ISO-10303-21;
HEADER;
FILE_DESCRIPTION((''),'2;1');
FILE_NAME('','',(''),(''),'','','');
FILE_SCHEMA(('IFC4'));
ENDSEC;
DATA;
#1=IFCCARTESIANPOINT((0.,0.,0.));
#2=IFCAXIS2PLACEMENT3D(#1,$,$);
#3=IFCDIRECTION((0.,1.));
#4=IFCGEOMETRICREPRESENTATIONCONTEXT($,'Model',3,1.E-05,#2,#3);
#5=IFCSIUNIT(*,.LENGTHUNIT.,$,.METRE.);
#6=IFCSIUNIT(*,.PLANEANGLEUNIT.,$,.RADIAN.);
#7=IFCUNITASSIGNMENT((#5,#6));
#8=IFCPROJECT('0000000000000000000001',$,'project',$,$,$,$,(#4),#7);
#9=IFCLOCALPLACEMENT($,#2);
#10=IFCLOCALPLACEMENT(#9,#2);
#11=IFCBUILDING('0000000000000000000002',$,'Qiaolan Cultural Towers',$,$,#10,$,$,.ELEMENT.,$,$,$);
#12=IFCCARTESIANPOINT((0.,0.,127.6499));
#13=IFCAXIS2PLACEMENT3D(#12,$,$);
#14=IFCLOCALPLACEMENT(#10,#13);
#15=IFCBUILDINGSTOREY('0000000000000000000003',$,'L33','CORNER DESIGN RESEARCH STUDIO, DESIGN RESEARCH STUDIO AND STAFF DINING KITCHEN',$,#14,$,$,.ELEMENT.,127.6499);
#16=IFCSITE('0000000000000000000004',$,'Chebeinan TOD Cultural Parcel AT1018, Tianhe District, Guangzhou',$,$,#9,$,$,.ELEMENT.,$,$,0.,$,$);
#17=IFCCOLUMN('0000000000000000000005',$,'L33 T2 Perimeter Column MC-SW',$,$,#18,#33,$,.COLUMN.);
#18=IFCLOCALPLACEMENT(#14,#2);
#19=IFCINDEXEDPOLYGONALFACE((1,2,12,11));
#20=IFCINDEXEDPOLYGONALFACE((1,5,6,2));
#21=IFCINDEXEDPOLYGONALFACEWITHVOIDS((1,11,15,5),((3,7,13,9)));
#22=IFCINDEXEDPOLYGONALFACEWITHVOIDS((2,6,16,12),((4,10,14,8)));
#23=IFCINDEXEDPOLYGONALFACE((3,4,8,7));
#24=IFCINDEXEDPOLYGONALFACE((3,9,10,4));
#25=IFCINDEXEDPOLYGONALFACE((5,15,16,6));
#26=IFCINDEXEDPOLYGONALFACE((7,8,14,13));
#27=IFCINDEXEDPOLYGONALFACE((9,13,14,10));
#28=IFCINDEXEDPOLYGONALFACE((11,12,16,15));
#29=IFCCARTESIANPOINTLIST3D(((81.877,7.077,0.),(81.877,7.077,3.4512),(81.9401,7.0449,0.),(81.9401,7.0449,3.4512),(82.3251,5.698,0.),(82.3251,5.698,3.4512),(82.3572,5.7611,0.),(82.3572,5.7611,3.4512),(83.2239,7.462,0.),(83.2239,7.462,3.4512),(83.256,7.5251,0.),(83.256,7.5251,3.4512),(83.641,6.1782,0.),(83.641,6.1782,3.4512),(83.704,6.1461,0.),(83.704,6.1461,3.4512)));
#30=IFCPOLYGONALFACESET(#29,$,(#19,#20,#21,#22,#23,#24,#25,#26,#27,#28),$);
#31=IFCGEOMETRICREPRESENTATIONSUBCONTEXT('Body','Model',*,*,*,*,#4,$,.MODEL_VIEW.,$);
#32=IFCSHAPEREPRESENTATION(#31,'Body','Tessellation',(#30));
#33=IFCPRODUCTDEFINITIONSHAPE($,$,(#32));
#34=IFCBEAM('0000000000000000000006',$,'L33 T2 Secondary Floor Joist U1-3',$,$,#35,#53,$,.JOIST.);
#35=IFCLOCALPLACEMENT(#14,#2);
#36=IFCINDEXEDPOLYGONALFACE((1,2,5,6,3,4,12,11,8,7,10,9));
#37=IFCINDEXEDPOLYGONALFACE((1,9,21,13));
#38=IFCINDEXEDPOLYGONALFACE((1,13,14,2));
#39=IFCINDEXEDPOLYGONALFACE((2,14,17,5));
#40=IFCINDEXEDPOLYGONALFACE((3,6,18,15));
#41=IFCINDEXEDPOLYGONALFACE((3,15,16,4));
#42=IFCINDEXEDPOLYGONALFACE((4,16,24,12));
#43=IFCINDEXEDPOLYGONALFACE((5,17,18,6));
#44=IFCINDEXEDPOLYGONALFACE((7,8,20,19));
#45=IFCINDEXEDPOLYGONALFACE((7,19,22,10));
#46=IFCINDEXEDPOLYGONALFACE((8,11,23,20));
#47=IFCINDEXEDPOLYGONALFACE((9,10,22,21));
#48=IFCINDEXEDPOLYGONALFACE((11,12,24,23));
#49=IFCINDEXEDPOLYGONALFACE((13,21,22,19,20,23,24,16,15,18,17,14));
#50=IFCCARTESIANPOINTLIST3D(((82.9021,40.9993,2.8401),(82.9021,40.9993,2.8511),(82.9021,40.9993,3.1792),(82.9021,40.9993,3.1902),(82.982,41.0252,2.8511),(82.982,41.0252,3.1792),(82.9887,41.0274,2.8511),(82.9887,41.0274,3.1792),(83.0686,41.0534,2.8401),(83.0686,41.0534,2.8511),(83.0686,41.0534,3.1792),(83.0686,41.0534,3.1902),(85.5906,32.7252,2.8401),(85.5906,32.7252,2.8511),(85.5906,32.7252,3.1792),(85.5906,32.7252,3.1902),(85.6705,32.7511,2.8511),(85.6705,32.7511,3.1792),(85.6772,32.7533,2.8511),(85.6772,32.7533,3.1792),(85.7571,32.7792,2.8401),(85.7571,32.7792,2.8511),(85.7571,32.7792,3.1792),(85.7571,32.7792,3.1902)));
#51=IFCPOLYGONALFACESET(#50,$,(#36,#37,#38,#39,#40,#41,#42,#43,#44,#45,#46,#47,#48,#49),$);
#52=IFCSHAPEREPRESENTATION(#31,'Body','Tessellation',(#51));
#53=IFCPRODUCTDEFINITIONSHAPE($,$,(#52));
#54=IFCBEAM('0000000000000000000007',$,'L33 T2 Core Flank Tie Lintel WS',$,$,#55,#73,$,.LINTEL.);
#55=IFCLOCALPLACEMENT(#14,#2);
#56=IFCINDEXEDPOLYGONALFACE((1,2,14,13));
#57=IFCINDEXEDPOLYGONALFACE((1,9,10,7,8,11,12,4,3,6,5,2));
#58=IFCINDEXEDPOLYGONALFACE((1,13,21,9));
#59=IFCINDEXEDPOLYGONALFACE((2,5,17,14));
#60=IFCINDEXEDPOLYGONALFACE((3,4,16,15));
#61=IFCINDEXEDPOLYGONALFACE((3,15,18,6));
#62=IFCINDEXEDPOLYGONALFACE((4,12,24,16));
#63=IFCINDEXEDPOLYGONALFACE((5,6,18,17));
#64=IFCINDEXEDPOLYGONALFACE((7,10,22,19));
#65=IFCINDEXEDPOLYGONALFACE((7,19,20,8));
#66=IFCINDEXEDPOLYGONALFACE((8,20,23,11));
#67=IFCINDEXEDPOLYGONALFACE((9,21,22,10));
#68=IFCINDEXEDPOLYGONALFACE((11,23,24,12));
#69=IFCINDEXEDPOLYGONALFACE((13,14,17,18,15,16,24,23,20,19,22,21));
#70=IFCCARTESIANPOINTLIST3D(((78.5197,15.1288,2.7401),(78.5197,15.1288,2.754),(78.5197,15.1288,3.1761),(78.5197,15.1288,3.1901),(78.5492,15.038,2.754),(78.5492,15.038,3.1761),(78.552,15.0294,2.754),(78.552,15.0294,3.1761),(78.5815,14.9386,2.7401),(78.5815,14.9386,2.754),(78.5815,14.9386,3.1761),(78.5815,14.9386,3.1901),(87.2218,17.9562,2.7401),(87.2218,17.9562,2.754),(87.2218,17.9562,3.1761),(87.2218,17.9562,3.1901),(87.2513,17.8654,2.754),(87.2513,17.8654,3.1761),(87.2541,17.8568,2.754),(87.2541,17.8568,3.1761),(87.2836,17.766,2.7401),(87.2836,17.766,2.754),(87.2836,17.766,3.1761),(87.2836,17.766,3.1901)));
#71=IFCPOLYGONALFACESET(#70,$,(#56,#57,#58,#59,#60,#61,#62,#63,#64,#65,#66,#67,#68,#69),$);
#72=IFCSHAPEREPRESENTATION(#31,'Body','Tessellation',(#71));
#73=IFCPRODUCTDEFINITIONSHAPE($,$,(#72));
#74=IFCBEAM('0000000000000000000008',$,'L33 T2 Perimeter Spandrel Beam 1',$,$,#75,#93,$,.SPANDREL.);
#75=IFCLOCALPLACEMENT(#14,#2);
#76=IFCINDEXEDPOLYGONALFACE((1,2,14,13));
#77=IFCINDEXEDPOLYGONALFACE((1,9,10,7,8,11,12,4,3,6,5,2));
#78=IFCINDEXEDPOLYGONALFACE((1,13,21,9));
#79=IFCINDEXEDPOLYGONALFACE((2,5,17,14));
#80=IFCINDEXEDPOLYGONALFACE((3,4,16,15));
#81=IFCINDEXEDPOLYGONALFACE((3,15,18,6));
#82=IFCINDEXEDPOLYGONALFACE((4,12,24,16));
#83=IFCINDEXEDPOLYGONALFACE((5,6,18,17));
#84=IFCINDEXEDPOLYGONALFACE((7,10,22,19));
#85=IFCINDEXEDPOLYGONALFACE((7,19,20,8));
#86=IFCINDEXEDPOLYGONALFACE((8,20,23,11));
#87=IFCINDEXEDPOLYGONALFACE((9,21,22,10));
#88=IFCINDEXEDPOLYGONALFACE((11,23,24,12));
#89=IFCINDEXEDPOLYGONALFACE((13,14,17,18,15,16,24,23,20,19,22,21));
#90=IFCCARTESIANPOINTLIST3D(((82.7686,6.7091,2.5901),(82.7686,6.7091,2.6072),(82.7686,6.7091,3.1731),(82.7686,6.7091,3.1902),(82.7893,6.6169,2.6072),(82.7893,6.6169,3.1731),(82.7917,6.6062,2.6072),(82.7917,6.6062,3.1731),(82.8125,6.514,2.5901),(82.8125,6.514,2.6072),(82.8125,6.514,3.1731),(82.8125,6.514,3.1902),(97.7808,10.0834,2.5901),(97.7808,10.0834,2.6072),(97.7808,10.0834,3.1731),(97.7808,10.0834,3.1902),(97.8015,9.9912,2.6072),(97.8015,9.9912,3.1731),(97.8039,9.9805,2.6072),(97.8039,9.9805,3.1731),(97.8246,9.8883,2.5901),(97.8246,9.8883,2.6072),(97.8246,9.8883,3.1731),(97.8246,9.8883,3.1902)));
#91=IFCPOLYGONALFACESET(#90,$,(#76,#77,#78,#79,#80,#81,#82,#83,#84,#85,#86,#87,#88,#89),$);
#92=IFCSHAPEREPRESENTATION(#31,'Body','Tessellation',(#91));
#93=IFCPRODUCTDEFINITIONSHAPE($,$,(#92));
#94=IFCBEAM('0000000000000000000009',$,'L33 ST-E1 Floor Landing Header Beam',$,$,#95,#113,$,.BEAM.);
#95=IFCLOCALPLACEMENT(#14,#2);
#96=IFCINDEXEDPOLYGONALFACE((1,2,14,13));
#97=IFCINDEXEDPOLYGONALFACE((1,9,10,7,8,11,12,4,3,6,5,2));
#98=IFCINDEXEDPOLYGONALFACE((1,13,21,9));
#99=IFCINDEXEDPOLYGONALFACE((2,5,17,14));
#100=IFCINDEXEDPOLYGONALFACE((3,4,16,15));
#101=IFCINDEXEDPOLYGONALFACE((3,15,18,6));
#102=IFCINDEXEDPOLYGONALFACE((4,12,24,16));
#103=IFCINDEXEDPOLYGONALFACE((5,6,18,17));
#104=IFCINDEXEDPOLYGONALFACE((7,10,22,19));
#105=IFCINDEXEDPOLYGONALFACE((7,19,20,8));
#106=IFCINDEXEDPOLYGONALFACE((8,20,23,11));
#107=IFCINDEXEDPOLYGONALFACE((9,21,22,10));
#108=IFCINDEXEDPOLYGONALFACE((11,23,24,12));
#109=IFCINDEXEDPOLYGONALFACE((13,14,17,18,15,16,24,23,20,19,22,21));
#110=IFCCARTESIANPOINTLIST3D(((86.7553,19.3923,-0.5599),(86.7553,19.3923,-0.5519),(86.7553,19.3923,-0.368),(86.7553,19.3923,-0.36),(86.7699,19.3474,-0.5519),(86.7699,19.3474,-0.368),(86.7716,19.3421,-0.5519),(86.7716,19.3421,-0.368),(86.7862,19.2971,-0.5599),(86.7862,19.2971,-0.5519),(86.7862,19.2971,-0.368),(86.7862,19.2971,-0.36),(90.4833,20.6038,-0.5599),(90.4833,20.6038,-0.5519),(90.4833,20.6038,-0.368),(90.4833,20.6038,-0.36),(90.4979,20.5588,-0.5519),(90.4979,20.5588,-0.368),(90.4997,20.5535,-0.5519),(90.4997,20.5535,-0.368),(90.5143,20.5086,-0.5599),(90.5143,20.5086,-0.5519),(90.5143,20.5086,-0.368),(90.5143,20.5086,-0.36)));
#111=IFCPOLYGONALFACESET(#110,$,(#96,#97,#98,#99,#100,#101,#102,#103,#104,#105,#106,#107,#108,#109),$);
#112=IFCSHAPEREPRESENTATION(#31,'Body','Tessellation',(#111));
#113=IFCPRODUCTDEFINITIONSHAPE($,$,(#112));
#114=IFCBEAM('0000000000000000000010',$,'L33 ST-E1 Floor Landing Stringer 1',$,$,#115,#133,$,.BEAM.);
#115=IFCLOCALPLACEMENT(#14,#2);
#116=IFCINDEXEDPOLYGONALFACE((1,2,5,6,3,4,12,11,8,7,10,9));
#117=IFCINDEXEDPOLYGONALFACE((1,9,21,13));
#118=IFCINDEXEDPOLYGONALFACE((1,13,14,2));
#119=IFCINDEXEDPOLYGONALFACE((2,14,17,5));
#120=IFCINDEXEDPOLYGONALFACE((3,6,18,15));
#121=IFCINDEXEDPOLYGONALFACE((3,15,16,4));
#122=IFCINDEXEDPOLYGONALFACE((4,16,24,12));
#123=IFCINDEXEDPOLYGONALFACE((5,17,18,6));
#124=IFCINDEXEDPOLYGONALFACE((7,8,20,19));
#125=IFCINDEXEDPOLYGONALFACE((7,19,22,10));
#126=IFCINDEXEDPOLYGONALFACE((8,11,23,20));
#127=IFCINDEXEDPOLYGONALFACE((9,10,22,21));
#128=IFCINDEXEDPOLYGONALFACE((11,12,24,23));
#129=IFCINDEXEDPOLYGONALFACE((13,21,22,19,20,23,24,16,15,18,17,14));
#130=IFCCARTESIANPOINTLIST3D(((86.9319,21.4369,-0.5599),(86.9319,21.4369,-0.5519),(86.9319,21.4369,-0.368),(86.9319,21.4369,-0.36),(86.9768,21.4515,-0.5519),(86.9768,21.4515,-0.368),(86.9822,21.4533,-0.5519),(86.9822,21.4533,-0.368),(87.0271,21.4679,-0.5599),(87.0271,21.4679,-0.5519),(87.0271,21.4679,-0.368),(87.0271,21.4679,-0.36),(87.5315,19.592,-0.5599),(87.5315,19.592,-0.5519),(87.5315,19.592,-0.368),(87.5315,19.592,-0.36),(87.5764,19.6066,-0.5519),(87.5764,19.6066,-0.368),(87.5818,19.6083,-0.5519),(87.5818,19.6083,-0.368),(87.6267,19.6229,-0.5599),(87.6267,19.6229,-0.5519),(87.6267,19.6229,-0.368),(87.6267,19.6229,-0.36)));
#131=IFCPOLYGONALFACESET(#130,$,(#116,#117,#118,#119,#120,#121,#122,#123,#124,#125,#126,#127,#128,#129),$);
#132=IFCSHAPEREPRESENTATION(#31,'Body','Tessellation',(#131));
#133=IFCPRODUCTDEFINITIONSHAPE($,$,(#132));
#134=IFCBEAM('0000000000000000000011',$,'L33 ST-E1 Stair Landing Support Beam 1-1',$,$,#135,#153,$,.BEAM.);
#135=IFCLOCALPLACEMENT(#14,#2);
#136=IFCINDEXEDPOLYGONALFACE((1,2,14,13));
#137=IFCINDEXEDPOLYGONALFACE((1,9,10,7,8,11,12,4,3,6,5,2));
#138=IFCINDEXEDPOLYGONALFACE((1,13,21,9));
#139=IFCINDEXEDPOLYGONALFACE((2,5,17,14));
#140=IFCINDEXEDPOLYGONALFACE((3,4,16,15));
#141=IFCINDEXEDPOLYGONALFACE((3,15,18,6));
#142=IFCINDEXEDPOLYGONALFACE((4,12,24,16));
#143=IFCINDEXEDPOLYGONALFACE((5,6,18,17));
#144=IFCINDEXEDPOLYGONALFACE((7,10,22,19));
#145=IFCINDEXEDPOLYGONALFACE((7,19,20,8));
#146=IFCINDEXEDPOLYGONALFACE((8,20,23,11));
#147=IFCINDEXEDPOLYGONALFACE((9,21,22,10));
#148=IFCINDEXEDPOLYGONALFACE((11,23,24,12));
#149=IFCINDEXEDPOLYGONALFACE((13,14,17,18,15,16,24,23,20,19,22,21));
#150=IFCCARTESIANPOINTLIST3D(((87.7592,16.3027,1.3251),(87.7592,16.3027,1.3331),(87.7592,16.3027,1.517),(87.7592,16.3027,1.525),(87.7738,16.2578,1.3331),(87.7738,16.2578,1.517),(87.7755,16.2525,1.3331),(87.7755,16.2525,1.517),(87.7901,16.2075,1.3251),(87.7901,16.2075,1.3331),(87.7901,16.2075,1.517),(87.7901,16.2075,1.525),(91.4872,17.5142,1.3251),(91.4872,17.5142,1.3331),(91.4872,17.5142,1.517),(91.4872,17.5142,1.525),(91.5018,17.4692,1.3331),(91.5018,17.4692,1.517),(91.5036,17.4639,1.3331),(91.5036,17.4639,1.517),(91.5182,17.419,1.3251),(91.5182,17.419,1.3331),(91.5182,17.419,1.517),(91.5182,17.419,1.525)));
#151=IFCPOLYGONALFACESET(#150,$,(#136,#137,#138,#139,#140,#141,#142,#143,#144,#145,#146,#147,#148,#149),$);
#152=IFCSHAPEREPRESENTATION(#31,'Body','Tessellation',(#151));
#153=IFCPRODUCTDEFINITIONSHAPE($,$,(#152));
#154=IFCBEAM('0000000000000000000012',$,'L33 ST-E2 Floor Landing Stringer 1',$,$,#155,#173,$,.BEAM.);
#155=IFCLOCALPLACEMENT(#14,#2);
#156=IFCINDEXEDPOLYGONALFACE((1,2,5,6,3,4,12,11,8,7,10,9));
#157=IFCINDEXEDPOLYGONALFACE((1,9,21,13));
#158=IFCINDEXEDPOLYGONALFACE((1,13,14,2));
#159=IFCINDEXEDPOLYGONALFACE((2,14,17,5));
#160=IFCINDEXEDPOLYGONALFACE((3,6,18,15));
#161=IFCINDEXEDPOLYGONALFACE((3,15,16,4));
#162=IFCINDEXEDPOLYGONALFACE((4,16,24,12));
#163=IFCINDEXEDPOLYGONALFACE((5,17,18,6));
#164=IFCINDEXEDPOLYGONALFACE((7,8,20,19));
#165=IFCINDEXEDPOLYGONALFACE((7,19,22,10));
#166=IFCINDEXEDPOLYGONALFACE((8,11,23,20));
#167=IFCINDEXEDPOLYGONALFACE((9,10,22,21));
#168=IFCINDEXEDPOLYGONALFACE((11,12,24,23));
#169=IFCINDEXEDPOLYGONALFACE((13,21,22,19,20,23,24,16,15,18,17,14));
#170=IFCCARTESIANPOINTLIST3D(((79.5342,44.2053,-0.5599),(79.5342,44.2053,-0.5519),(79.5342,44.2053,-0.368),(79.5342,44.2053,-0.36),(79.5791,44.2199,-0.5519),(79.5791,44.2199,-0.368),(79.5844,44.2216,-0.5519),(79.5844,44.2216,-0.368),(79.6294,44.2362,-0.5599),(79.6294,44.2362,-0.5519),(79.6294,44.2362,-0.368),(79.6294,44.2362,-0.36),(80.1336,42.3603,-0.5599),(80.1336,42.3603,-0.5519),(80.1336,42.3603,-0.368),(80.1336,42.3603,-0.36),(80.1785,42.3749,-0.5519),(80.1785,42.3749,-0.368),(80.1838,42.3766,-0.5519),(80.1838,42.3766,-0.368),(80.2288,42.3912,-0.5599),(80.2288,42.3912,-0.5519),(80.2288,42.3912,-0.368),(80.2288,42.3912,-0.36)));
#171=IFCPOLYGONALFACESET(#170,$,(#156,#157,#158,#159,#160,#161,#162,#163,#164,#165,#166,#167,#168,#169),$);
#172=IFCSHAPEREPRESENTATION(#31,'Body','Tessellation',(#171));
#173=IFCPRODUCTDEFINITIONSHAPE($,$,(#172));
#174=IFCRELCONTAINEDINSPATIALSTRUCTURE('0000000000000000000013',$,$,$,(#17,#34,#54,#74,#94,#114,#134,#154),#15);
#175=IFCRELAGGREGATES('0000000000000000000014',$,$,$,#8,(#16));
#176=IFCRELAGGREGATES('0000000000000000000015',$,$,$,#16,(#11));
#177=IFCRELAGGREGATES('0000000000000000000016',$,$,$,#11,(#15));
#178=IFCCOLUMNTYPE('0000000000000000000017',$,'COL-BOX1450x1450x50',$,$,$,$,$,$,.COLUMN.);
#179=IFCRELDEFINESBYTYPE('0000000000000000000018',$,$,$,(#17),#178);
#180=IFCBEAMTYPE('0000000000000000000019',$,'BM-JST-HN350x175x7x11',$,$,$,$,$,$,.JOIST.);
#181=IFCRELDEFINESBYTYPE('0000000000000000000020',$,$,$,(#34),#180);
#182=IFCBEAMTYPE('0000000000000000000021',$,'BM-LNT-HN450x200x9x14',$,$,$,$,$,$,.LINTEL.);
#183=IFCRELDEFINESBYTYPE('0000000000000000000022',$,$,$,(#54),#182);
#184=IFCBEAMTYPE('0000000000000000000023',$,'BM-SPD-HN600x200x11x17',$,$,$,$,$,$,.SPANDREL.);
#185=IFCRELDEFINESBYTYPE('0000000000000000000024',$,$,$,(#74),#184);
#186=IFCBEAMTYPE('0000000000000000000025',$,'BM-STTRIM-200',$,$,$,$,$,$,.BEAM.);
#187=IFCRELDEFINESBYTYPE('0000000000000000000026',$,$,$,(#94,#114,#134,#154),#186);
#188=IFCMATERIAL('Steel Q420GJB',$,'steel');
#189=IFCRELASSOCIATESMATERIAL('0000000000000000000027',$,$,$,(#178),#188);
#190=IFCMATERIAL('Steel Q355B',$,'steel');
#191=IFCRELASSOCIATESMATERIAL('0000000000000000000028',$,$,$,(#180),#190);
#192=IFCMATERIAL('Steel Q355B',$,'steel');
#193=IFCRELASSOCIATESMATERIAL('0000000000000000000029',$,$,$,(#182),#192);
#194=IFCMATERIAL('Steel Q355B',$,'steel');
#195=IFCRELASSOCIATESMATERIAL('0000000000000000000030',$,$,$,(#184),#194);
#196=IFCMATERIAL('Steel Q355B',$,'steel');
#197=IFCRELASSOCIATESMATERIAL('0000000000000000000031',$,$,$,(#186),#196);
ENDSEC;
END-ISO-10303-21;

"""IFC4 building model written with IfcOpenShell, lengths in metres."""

from ifc_helpers import new_model, si_unit, direction, frame, origin, origin_2d, place, context, subcontext, project, spatial, hollow_rectangle, i_section, extrude, material, material_profile, profile_set, type_object, element, save


model = new_model("IFC4")

# Units and contexts
model_context = context("Model", 3, precision=1e-05, world=origin(), true_north=direction((0.0, 1.0)))
body_context = subcontext(model_context, "Body", "Model", "MODEL_VIEW")
ifc_project = project(units=[si_unit("LENGTHUNIT", "METRE"), si_unit("PLANEANGLEUNIT", "RADIAN")], contexts=[model_context])

# Site, building, storey
site_placement = place(None, origin())
site = spatial("IfcSite", under=ifc_project, at=site_placement, Name="Chebeinan TOD Cultural Parcel AT1018, Tianhe District, Guangzhou", CompositionType="ELEMENT", RefElevation=0.0)
building_placement = place(site_placement, origin())
building = spatial("IfcBuilding", under=site, at=building_placement, Name="Qiaolan Cultural Towers", CompositionType="ELEMENT")
storey_placement = place(building_placement, frame((0.0, 0.0, 127.6499)))
storey = spatial("IfcBuildingStorey", under=building, at=storey_placement, Name="L33", Description="CORNER DESIGN RESEARCH STUDIO, DESIGN RESEARCH STUDIO AND STAFF DINING KITCHEN", CompositionType="ELEMENT", Elevation=127.6499)

# Column
ifc_material_1 = material(Name="Steel Q420GJB", Category="steel")
ifc_material_profile_1 = material_profile(ifc_material_1, hollow_rectangle(XDim=1.45, YDim=1.45, WallThickness=0.05, at=origin_2d()), Name="BOX1450x1450x50")
ifc_profile_set_1 = profile_set([ifc_material_profile_1], Name="Steel Q420GJB")
column_type = type_object("IfcColumnType", Name="COL-BOX1450x1450x50", PredefinedType="COLUMN", material=ifc_profile_set_1)
column_placement = place(storey_placement, frame((82.7905, 6.6116, 0.0), z_axis=(0.0, 0.0, 1.0), x_axis=(0.951057, 0.309017, 0.0)))
element("IfcColumn", 1, at=column_placement, inside=storey, type_object=column_type, Name="L33 T2 Perimeter Column MC-SW", PredefinedType="COLUMN", context=body_context, shape_type="SweptSolid", body=[
    extrude(hollow_rectangle(XDim=1.45, YDim=1.45, WallThickness=0.05, at=origin_2d()), origin(), (0.0, 0.0, 1.0), 3.4512),
])

# Beams
ifc_material_2 = material(Name="Steel Q355B", Category="steel")
ifc_material_profile_2 = material_profile(ifc_material_2, i_section(OverallWidth=0.175, OverallDepth=0.3501, WebThickness=0.0071, FlangeThickness=0.011, at=origin_2d()), Name="HN350x175x7x11")
ifc_profile_set_2 = profile_set([ifc_material_profile_2], Name="Steel Q355B")
beam_type_1 = type_object("IfcBeamType", Name="BM-JST-HN350x175x7x11", PredefinedType="JOIST", material=ifc_profile_set_2)
beam_1_placement = place(storey_placement, frame((85.6738, 32.7522, 3.0151), z_axis=(-0.309021, 0.951055, 0.0), x_axis=(-0.951055, -0.309021, 0.0)))
element("IfcBeam", 2, at=beam_1_placement, inside=storey, type_object=beam_type_1, Name="L33 T2 Secondary Floor Joist U1-3", PredefinedType="JOIST", context=body_context, shape_type="SweptSolid", body=[
    extrude(i_section(OverallWidth=0.175, OverallDepth=0.3501, WebThickness=0.0071, FlangeThickness=0.011, at=origin_2d()), origin(), (0.0, 0.0, 1.0), 8.7),
])
ifc_material_3 = material(Name="Steel Q355B", Category="steel")
ifc_material_profile_3 = material_profile(ifc_material_3, i_section(OverallWidth=0.2, OverallDepth=0.45, WebThickness=0.009, FlangeThickness=0.0139, at=origin_2d()), Name="HN450x200x9x14")
ifc_profile_set_3 = profile_set([ifc_material_profile_3], Name="Steel Q355B")
beam_type_2 = type_object("IfcBeamType", Name="BM-LNT-HN450x200x9x14", PredefinedType="LINTEL", material=ifc_profile_set_3)
beam_2_placement = place(storey_placement, frame((87.2527, 17.8611, 2.9651), z_axis=(-0.95106, -0.309006, 0.0), x_axis=(0.309006, -0.95106, 0.0)))
element("IfcBeam", 3, at=beam_2_placement, inside=storey, type_object=beam_type_2, Name="L33 T2 Core Flank Tie Lintel WS", PredefinedType="LINTEL", context=body_context, shape_type="SweptSolid", body=[
    extrude(i_section(OverallWidth=0.2, OverallDepth=0.45, WebThickness=0.009, FlangeThickness=0.0139, at=origin_2d()), origin(), (0.0, 0.0, 1.0), 9.1499),
])
ifc_material_4 = material(Name="Steel Q355B", Category="steel")
ifc_material_profile_4 = material_profile(ifc_material_4, i_section(OverallWidth=0.2, OverallDepth=0.6001, WebThickness=0.011, FlangeThickness=0.0171, at=origin_2d()), Name="HN600x200x11x17")
ifc_profile_set_4 = profile_set([ifc_material_profile_4], Name="Steel Q355B")
beam_type_3 = type_object("IfcBeamType", Name="BM-SPD-HN600x200x11x17", PredefinedType="SPANDREL", material=ifc_profile_set_4)
beam_3_placement = place(storey_placement, frame((82.7905, 6.6116, 2.8901), z_axis=(0.975658, 0.219297, 0.0), x_axis=(-0.219297, 0.975658, 0.0)))
element("IfcBeam", 4, at=beam_3_placement, inside=storey, type_object=beam_type_3, Name="L33 T2 Perimeter Spandrel Beam 1", PredefinedType="SPANDREL", context=body_context, shape_type="SweptSolid", body=[
    extrude(i_section(OverallWidth=0.2, OverallDepth=0.6001, WebThickness=0.011, FlangeThickness=0.0171, at=origin_2d()), origin(), (0.0, 0.0, 1.0), 15.3867),
])
ifc_material_5 = material(Name="Steel Q355B", Category="steel")
ifc_material_profile_5 = material_profile(ifc_material_5, i_section(OverallWidth=0.1001, OverallDepth=0.2, WebThickness=0.0056, FlangeThickness=0.0081, at=origin_2d()), Name="HN200x100x5.5x8")
ifc_profile_set_5 = profile_set([ifc_material_profile_5], Name="Steel Q355B")
beam_type_4 = type_object("IfcBeamType", Name="BM-STTRIM-200", PredefinedType="BEAM", material=ifc_profile_set_5)
beam_4_placement = place(storey_placement, frame((86.7708, 19.3447, -0.46), z_axis=(0.951048, 0.309044, 0.0), x_axis=(-0.309044, 0.951048, 0.0)))
element("IfcBeam", 5, at=beam_4_placement, inside=storey, type_object=beam_type_4, Name="L33 ST-E1 Floor Landing Header Beam", PredefinedType="BEAM", context=body_context, shape_type="SweptSolid", body=[
    extrude(i_section(OverallWidth=0.1001, OverallDepth=0.2, WebThickness=0.0056, FlangeThickness=0.0081, at=origin_2d()), origin(), (0.0, 0.0, 1.0), 3.9199),
])
beam_5_placement = place(storey_placement, frame((86.9795, 21.4524, -0.46), z_axis=(0.309083, -0.951035, 0.0), x_axis=(0.951035, 0.309083, 0.0)))
element("IfcBeam", 6, at=beam_5_placement, inside=storey, type_object=beam_type_4, Name="L33 ST-E1 Floor Landing Stringer 1", PredefinedType="BEAM", context=body_context, shape_type="SweptSolid", body=[
    extrude(i_section(OverallWidth=0.1001, OverallDepth=0.2, WebThickness=0.0056, FlangeThickness=0.0081, at=origin_2d()), origin(), (0.0, 0.0, 1.0), 1.9399),
])
beam_6_placement = place(storey_placement, frame((87.7747, 16.2551, 1.425), z_axis=(0.951048, 0.309044, 0.0), x_axis=(-0.309044, 0.951048, 0.0)))
element("IfcBeam", 7, at=beam_6_placement, inside=storey, type_object=beam_type_4, Name="L33 ST-E1 Stair Landing Support Beam 1-1", PredefinedType="BEAM", context=body_context, shape_type="SweptSolid", body=[
    extrude(i_section(OverallWidth=0.1001, OverallDepth=0.2, WebThickness=0.0056, FlangeThickness=0.0081, at=origin_2d()), origin(), (0.0, 0.0, 1.0), 3.9199),
])
beam_7_placement = place(storey_placement, frame((80.1812, 42.3757, -0.46), z_axis=(-0.308969, 0.951072, 0.0), x_axis=(-0.951072, -0.308969, 0.0)))
element("IfcBeam", 8, at=beam_7_placement, inside=storey, type_object=beam_type_4, Name="L33 ST-E2 Floor Landing Stringer 1", PredefinedType="BEAM", context=body_context, shape_type="SweptSolid", body=[
    extrude(i_section(OverallWidth=0.1001, OverallDepth=0.2, WebThickness=0.0056, FlangeThickness=0.0081, at=origin_2d()), origin(), (0.0, 0.0, 1.0), 1.9399),
])

save(model, "model.ifc")
